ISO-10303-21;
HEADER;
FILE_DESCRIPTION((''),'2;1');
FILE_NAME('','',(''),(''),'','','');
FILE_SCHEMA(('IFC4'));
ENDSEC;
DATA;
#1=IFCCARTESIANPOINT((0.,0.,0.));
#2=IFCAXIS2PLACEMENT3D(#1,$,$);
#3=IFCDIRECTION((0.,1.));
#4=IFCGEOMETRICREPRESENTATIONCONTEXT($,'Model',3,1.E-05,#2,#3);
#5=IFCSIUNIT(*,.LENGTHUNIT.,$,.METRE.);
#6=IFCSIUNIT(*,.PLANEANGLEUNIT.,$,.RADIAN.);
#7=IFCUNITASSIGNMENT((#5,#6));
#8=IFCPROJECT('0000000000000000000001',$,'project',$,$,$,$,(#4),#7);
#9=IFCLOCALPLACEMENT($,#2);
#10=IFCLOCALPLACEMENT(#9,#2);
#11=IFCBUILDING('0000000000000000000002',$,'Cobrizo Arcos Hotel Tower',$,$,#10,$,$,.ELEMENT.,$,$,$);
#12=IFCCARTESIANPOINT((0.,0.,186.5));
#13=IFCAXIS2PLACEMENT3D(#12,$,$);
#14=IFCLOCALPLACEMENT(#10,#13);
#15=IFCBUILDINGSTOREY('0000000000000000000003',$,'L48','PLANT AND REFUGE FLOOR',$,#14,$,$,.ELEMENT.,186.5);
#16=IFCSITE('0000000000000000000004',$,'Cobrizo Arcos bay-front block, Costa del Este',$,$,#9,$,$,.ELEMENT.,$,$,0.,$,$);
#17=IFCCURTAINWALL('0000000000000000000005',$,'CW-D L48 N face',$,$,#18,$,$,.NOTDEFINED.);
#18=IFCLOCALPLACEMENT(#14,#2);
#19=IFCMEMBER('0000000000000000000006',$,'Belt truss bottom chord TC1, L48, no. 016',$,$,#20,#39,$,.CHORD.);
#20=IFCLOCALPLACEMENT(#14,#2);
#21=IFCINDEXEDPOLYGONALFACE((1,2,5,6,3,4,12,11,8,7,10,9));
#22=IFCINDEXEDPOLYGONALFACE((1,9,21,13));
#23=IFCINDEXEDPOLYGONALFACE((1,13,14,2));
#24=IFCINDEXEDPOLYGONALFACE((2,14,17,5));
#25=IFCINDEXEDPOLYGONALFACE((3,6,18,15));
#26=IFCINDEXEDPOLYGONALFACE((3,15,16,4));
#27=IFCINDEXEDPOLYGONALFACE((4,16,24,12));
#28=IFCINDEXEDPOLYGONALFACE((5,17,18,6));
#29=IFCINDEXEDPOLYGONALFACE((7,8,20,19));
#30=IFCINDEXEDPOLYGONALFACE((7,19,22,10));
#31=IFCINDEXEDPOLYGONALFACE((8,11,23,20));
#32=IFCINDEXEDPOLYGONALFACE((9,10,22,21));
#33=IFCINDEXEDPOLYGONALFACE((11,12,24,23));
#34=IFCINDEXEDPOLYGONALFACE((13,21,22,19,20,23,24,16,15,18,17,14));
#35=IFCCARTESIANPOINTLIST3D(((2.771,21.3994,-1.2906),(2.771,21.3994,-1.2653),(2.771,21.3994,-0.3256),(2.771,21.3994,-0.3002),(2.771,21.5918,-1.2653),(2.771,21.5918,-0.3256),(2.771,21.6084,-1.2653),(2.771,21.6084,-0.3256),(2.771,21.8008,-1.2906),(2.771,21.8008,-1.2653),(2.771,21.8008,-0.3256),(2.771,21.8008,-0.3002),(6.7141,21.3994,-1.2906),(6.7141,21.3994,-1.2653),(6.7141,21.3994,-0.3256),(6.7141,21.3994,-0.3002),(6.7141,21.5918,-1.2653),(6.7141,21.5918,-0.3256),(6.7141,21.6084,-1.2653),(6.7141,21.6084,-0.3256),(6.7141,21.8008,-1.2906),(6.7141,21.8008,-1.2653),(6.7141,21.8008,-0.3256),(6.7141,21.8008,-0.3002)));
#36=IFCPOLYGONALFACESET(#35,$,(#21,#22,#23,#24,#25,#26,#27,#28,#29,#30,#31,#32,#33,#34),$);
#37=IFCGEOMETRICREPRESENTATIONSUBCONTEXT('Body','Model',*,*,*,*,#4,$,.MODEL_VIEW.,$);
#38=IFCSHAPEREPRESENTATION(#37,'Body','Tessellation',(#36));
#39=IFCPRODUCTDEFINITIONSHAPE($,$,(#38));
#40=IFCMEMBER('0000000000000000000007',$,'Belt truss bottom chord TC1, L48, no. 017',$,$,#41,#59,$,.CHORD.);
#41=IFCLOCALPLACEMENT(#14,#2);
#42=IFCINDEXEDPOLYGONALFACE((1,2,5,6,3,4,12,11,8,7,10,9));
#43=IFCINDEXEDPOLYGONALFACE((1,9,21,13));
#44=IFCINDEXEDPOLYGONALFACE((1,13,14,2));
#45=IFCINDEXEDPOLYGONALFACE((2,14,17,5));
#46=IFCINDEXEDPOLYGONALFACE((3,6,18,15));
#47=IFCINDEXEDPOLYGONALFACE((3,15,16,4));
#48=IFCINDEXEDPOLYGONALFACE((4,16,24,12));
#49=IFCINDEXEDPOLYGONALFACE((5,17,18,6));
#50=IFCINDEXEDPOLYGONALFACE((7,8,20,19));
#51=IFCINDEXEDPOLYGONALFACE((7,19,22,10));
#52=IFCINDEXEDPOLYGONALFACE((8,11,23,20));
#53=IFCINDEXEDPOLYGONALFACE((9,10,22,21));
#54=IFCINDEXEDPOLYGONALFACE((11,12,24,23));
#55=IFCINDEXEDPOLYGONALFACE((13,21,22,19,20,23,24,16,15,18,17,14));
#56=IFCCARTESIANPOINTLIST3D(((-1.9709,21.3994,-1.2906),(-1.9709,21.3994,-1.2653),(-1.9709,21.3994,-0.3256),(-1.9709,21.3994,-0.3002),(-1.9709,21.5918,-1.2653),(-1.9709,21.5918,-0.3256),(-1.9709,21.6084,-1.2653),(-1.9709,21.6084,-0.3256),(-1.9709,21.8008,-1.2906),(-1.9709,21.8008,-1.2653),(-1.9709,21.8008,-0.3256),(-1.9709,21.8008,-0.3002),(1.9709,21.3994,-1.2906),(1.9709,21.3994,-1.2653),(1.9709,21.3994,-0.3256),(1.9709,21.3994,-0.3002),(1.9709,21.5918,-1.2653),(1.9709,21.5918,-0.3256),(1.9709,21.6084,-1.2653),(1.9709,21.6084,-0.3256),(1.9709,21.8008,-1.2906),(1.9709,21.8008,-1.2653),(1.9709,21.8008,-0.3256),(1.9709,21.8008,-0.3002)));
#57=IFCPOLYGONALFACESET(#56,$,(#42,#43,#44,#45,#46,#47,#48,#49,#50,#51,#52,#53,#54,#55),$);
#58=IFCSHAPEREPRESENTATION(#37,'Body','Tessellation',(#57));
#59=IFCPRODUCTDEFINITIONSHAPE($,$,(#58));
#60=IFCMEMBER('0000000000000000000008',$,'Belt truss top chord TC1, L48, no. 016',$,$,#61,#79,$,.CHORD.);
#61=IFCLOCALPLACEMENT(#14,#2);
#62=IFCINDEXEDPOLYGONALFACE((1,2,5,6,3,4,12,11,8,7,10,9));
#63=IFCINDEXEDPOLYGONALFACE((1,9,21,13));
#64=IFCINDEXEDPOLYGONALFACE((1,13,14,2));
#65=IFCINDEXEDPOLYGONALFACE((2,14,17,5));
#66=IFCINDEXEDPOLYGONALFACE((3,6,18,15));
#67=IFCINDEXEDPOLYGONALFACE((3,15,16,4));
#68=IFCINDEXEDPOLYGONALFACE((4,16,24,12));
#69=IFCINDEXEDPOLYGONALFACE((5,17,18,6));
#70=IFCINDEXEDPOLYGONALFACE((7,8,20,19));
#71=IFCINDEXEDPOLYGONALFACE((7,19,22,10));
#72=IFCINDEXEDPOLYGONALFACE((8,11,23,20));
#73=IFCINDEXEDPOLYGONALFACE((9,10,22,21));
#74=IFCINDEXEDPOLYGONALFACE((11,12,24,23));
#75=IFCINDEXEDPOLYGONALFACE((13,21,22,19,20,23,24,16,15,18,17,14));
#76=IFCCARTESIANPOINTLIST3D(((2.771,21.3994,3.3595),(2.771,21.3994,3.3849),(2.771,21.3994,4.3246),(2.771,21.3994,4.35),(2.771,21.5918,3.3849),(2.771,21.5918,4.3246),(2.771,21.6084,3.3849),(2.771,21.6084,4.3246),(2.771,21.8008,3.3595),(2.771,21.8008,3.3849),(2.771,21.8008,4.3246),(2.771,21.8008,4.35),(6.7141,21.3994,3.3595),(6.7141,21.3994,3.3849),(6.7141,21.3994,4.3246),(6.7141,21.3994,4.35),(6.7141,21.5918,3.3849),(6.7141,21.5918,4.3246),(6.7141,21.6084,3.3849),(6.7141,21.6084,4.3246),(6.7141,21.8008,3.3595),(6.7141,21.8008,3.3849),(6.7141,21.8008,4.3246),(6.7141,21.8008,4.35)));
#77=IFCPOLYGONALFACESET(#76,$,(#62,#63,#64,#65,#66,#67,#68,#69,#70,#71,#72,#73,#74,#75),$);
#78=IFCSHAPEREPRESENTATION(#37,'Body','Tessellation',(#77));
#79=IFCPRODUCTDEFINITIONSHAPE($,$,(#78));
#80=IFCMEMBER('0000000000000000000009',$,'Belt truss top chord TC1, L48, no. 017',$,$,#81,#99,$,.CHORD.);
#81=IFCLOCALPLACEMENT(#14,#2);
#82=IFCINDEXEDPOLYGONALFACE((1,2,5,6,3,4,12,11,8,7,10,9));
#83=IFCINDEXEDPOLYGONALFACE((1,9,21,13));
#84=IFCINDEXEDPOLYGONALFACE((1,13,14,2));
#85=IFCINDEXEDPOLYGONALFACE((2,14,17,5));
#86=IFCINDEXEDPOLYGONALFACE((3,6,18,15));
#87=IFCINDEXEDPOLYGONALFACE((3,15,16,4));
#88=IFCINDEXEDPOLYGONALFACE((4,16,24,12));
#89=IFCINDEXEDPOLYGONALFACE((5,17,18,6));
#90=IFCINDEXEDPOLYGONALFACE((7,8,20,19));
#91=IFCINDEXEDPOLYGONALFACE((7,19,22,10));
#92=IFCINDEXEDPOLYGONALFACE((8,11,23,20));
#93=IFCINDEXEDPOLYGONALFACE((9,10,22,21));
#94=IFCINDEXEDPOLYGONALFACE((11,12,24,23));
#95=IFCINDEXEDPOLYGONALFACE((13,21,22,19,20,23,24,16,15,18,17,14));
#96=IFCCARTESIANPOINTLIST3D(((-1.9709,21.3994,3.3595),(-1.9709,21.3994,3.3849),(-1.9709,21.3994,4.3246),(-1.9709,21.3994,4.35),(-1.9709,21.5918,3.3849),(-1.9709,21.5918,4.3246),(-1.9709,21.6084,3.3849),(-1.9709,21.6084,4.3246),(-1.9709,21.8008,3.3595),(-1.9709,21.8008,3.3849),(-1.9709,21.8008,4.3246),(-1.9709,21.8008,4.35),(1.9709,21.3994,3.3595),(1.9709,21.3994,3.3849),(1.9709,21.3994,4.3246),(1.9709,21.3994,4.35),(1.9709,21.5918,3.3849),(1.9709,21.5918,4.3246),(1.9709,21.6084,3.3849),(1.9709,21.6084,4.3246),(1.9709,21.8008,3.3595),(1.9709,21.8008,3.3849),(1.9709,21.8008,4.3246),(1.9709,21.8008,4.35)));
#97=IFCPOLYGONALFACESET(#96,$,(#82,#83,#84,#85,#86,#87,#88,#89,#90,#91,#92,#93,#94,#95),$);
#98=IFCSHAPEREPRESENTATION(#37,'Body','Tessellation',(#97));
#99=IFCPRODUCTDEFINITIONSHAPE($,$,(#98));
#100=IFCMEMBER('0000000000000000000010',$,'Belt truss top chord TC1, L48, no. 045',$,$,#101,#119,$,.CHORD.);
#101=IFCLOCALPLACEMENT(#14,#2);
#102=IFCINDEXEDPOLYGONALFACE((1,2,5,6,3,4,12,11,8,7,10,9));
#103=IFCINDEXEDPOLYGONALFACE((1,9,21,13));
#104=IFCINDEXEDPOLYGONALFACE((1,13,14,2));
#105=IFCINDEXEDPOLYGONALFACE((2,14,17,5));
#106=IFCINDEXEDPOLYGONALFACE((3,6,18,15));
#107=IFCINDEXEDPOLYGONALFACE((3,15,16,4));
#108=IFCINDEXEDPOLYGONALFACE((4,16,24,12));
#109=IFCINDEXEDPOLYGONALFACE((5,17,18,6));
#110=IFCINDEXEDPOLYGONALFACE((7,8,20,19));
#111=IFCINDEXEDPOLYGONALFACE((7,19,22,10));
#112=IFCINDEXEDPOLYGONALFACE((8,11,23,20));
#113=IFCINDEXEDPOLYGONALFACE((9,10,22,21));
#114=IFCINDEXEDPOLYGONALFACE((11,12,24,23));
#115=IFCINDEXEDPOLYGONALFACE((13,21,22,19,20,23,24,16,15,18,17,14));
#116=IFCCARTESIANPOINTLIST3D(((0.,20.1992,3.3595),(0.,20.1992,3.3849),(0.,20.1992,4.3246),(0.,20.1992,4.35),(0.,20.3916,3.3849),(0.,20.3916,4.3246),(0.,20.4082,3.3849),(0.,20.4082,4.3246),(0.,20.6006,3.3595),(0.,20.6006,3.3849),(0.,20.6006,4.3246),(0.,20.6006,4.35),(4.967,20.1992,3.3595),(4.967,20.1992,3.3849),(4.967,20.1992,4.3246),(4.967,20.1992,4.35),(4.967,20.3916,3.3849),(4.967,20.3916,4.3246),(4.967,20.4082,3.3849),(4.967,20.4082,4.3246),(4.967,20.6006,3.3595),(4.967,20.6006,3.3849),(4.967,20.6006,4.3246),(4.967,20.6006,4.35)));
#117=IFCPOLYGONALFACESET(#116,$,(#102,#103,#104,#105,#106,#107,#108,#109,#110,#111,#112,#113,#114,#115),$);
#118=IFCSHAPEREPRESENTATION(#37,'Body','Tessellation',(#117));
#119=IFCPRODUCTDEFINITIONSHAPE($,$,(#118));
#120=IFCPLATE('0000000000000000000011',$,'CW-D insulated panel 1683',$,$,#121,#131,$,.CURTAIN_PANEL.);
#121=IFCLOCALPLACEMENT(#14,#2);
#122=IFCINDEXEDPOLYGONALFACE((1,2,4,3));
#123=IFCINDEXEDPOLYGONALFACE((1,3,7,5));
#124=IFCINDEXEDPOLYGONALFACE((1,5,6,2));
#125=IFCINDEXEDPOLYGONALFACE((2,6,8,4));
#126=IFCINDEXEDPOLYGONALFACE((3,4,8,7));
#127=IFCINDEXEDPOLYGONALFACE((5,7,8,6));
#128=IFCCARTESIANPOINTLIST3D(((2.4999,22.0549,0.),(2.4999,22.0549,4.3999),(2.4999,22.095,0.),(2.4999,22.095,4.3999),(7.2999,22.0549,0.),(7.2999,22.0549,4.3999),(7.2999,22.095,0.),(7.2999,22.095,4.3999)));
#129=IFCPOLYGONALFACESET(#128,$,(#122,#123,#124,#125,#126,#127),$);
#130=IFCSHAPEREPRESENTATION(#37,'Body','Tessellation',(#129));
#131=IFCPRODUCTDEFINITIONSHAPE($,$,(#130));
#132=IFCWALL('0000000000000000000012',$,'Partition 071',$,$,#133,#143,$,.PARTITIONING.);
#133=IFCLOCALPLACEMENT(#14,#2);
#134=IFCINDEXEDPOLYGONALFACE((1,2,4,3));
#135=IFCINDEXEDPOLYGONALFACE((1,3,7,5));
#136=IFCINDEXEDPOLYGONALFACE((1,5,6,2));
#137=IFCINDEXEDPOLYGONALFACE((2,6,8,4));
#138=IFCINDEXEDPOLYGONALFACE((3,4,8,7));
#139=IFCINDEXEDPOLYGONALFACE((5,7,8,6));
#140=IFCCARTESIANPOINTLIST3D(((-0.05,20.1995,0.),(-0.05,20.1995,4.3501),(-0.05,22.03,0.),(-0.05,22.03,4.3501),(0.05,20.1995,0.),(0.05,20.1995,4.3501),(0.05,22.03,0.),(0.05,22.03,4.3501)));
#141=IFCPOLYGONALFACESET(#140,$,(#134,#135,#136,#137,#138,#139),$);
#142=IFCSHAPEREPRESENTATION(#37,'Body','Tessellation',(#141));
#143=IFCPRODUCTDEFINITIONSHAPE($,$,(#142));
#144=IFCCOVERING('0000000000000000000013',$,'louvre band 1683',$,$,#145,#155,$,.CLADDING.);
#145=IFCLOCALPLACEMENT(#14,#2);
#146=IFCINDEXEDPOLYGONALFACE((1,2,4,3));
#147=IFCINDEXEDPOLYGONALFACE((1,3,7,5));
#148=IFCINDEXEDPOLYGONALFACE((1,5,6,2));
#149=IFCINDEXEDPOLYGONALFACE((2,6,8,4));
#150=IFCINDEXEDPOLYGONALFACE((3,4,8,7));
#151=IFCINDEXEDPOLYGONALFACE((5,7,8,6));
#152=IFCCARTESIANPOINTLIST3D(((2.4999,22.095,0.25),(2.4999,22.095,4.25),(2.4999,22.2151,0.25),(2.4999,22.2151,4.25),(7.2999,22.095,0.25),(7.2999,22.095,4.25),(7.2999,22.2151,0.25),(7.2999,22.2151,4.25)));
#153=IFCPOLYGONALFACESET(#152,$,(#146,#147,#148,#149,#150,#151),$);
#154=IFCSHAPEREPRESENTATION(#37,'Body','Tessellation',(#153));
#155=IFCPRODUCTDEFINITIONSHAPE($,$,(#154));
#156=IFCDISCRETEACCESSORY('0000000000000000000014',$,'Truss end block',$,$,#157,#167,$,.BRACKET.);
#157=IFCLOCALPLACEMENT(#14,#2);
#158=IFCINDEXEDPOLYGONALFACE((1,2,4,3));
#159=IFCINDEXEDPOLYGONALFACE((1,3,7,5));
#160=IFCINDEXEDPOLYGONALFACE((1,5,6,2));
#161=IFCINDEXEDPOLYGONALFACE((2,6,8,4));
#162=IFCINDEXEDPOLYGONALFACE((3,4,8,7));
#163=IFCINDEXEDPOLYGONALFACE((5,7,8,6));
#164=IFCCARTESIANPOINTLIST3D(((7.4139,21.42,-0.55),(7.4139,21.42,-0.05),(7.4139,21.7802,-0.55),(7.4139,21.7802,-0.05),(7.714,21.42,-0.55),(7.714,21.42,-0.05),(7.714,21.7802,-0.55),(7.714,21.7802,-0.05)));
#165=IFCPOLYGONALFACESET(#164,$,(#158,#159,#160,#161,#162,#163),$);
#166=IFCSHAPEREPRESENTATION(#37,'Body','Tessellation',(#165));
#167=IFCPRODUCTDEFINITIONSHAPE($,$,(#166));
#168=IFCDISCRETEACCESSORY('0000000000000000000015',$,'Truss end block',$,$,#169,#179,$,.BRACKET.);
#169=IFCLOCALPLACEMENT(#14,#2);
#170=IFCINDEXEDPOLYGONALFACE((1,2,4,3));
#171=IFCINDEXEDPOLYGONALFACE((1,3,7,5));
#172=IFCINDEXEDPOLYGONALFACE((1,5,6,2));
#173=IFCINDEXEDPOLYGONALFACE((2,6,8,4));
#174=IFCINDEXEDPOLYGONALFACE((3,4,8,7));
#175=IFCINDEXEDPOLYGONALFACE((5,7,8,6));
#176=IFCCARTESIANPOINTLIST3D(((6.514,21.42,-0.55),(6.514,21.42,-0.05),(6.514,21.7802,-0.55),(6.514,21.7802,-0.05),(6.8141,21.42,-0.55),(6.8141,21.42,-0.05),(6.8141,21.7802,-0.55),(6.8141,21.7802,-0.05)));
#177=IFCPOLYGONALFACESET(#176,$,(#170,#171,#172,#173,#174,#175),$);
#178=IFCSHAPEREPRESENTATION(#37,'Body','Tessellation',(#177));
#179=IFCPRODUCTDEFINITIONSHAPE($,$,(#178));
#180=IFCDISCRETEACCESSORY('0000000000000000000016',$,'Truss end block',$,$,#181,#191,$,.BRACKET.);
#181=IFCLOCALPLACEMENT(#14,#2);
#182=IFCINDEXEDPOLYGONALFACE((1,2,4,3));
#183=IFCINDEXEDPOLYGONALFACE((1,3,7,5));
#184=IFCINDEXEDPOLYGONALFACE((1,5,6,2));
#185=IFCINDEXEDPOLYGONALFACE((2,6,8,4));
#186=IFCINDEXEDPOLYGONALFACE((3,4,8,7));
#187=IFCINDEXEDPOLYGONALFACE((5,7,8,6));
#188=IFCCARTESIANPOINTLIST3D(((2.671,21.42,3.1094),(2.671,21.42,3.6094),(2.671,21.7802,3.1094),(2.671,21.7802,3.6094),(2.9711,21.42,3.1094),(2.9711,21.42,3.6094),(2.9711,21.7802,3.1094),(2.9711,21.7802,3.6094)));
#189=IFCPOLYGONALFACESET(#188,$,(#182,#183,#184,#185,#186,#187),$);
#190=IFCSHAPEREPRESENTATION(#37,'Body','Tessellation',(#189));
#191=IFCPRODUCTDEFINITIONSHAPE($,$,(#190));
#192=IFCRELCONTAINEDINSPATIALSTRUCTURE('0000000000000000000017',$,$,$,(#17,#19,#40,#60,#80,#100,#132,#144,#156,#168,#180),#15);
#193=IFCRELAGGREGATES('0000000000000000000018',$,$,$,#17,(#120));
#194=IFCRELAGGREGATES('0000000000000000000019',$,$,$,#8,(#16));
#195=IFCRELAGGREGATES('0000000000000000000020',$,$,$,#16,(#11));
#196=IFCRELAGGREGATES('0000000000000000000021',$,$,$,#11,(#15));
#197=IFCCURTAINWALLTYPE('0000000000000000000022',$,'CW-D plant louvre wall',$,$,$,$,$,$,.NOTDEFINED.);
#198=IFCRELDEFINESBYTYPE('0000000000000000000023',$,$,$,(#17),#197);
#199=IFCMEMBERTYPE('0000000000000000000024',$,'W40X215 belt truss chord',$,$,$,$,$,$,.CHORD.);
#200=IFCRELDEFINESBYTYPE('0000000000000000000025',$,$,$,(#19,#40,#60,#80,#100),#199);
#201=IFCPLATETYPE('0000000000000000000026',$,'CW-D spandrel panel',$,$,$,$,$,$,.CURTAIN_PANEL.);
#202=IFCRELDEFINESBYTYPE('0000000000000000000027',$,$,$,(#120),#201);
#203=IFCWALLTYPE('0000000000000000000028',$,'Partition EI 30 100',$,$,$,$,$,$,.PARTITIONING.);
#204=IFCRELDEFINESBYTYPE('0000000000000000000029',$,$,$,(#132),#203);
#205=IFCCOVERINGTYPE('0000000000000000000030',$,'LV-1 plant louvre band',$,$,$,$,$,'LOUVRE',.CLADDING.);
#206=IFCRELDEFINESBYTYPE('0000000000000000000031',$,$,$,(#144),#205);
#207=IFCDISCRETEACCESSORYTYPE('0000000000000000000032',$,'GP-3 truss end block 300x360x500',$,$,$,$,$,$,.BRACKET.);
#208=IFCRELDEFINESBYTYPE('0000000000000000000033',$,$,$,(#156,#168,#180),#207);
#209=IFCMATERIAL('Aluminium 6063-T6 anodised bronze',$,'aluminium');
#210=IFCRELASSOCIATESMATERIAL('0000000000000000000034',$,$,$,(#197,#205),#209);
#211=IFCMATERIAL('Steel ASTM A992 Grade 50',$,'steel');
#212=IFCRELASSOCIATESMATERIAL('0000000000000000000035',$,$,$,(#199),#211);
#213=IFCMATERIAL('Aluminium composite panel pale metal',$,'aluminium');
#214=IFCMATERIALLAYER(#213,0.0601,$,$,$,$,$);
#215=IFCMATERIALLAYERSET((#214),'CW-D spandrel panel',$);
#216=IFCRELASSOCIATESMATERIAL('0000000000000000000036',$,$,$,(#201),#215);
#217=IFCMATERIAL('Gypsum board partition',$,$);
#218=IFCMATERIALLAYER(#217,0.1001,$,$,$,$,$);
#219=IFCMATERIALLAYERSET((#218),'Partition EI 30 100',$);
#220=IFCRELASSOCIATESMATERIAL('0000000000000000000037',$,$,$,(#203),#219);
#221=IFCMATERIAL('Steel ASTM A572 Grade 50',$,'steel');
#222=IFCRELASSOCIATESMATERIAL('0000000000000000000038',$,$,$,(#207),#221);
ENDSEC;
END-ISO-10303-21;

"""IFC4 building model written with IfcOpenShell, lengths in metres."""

from ifc_helpers import new_model, si_unit, direction, frame, frame_2d, origin, origin_2d, place, context, subcontext, project, spatial, rectangle, i_section, extrude, material, layer, layer_set, material_profile, profile_set, type_object, element, aggregate, save


model = new_model("IFC4")

# Units and contexts
model_context = context("Model", 3, precision=1e-05, world=origin(), true_north=direction((0.0, 1.0)))
body_context = subcontext(model_context, "Body", "Model", "MODEL_VIEW")
ifc_project = project(units=[si_unit("LENGTHUNIT", "METRE"), si_unit("PLANEANGLEUNIT", "RADIAN")], contexts=[model_context])

# Site, building, storey
site_placement = place(None, origin())
site = spatial("IfcSite", under=ifc_project, at=site_placement, Name="Cobrizo Arcos bay-front block, Costa del Este", CompositionType="ELEMENT", RefElevation=0.0)
building_placement = place(site_placement, origin())
building = spatial("IfcBuilding", under=site, at=building_placement, Name="Cobrizo Arcos Hotel Tower", CompositionType="ELEMENT")
storey_placement = place(building_placement, frame((0.0, 0.0, 186.5)))
storey = spatial("IfcBuildingStorey", under=building, at=storey_placement, Name="L48", Description="PLANT AND REFUGE FLOOR", CompositionType="ELEMENT", Elevation=186.5)

# Shared definitions
ifc_material_1 = material(Name="Steel ASTM A572 Grade 50", Category="steel")

# Curtain wall
ifc_material_2 = material(Name="Aluminium 6063-T6 anodised bronze", Category="aluminium")
curtain_wall_type = type_object("IfcCurtainWallType", Name="CW-D plant louvre wall", PredefinedType="NOTDEFINED", material=ifc_material_2)
curtain_wall_placement = place(storey_placement, origin())
curtain_wall = element("IfcCurtainWall", 1, at=curtain_wall_placement, inside=storey, type_object=curtain_wall_type, Name="CW-D L48 N face", PredefinedType="NOTDEFINED")

# Members
ifc_material_3 = material(Name="Steel ASTM A992 Grade 50", Category="steel")
ifc_material_profile_1 = material_profile(ifc_material_3, i_section(OverallWidth=0.4014, OverallDepth=0.9905, WebThickness=0.0166, FlangeThickness=0.0254, at=origin_2d()), Name="W40X215")
ifc_profile_set_1 = profile_set([ifc_material_profile_1], Name="Steel ASTM A992 Grade 50")
member_type_1 = type_object("IfcMemberType", Name="W40X215 belt truss chord", PredefinedType="CHORD", material=ifc_profile_set_1)
member_1_placement = place(storey_placement, frame((6.7141, 21.6001, -0.7954), z_axis=(-1.0, 0.0, 0.0), x_axis=(0.0, -1.0, 0.0)))
element("IfcMember", 2, at=member_1_placement, inside=storey, type_object=member_type_1, Name="Belt truss bottom chord TC1, L48, no. 016", PredefinedType="CHORD", context=body_context, shape_type="SweptSolid", body=[
    extrude(i_section(OverallWidth=0.4014, OverallDepth=0.9905, WebThickness=0.0166, FlangeThickness=0.0254, at=origin_2d()), origin(), (0.0, 0.0, 1.0), 3.9431),
])
member_2_placement = place(storey_placement, frame((1.9709, 21.6001, -0.7954), z_axis=(-1.0, 0.0, 0.0), x_axis=(0.0, -1.0, 0.0)))
element("IfcMember", 3, at=member_2_placement, inside=storey, type_object=member_type_1, Name="Belt truss bottom chord TC1, L48, no. 017", PredefinedType="CHORD", context=body_context, shape_type="SweptSolid", body=[
    extrude(i_section(OverallWidth=0.4014, OverallDepth=0.9905, WebThickness=0.0166, FlangeThickness=0.0254, at=origin_2d()), origin(), (0.0, 0.0, 1.0), 3.9419),
])
member_3_placement = place(storey_placement, frame((6.7141, 21.6001, 3.8547), z_axis=(-1.0, 0.0, 0.0), x_axis=(0.0, -1.0, 0.0)))
element("IfcMember", 4, at=member_3_placement, inside=storey, type_object=member_type_1, Name="Belt truss top chord TC1, L48, no. 016", PredefinedType="CHORD", context=body_context, shape_type="SweptSolid", body=[
    extrude(i_section(OverallWidth=0.4014, OverallDepth=0.9905, WebThickness=0.0166, FlangeThickness=0.0254, at=origin_2d()), origin(), (0.0, 0.0, 1.0), 3.9431),
])
member_4_placement = place(storey_placement, frame((1.9709, 21.6001, 3.8547), z_axis=(-1.0, 0.0, 0.0), x_axis=(0.0, -1.0, 0.0)))
element("IfcMember", 5, at=member_4_placement, inside=storey, type_object=member_type_1, Name="Belt truss top chord TC1, L48, no. 017", PredefinedType="CHORD", context=body_context, shape_type="SweptSolid", body=[
    extrude(i_section(OverallWidth=0.4014, OverallDepth=0.9905, WebThickness=0.0166, FlangeThickness=0.0254, at=origin_2d()), origin(), (0.0, 0.0, 1.0), 3.9419),
])
member_5_placement = place(storey_placement, frame((4.967, 20.3999, 3.8547), z_axis=(-1.0, 0.0, 0.0), x_axis=(0.0, -1.0, 0.0)))
element("IfcMember", 6, at=member_5_placement, inside=storey, type_object=member_type_1, Name="Belt truss top chord TC1, L48, no. 045", PredefinedType="CHORD", context=body_context, shape_type="SweptSolid", body=[
    extrude(i_section(OverallWidth=0.4014, OverallDepth=0.9905, WebThickness=0.0166, FlangeThickness=0.0254, at=origin_2d()), origin(), (0.0, 0.0, 1.0), 4.967),
])

# Plate
ifc_material_4 = material(Name="Aluminium composite panel pale metal", Category="aluminium")
ifc_layer_1 = layer(ifc_material_4, 0.0601)
ifc_layer_set_1 = layer_set([ifc_layer_1], Name="CW-D spandrel panel")
plate_type = type_object("IfcPlateType", Name="CW-D spandrel panel", PredefinedType="CURTAIN_PANEL", material=ifc_layer_set_1)
plate_placement = place(storey_placement, frame((4.8999, 22.075, 0.0), z_axis=(0.0, 0.0, 1.0), x_axis=(-1.0, 0.0, 0.0)))
plate = element("IfcPlate", 7, at=plate_placement, type_object=plate_type, Name="CW-D insulated panel 1683", PredefinedType="CURTAIN_PANEL", context=body_context, shape_type="SweptSolid", body=[
    extrude(rectangle(XDim=4.8, YDim=0.04, at=origin_2d()), origin(), (0.0, 0.0, 1.0), 4.3999),
])
aggregate(curtain_wall, [plate])

# Wall
ifc_material_5 = material(Name="Gypsum board partition")
ifc_layer_2 = layer(ifc_material_5, 0.1001)
ifc_layer_set_2 = layer_set([ifc_layer_2], Name="Partition EI 30 100")
wall_type = type_object("IfcWallType", Name="Partition EI 30 100", PredefinedType="PARTITIONING", material=ifc_layer_set_2)
wall_placement = place(storey_placement, frame((0.0, 20.1995, 0.0), z_axis=(0.0, 0.0, 1.0), x_axis=(0.0, 1.0, 0.0)))
element("IfcWall", 8, at=wall_placement, inside=storey, type_object=wall_type, Name="Partition 071", PredefinedType="PARTITIONING", context=body_context, shape_type="SweptSolid", body=[
    extrude(rectangle(XDim=1.8306, YDim=0.1001, at=frame_2d((0.9153, 0.0))), origin(), (0.0, 0.0, 1.0), 4.3501),
])

# Covering
covering_type = type_object("IfcCoveringType", Name="LV-1 plant louvre band", ElementType="LOUVRE", PredefinedType="CLADDING", material=ifc_material_2)
covering_placement = place(storey_placement, frame((4.8999, 22.155, 0.25), z_axis=(0.0, 0.0, 1.0), x_axis=(-1.0, 0.0, 0.0)))
element("IfcCovering", 9, at=covering_placement, inside=storey, type_object=covering_type, Name="louvre band 1683", PredefinedType="CLADDING", context=body_context, shape_type="SweptSolid", body=[
    extrude(rectangle(XDim=4.8, YDim=0.1201, at=origin_2d()), origin(), (0.0, 0.0, 1.0), 4.0),
])

# Discrete accessories
discrete_accessory_type_1 = type_object("IfcDiscreteAccessoryType", Name="GP-3 truss end block 300x360x500", PredefinedType="BRACKET", material=ifc_material_1)
for number, where, z_axis, x_axis, name in (
    (10, (7.564, 21.6001, -0.55), (0.0, 0.0, 1.0), (1.0, 0.0, 0.0), "Truss end block"),
    (11, (6.6641, 21.6001, -0.55), (0.0, 0.0, 1.0), (-1.0, 0.0, 0.0), "Truss end block"),
    (12, (2.821, 21.6001, 3.1094), (0.0, 0.0, 1.0), (1.0, 0.0, 0.0), "Truss end block"),
):
    element("IfcDiscreteAccessory", number, at=place(storey_placement, frame(where, z_axis=z_axis, x_axis=x_axis)), inside=storey, type_object=discrete_accessory_type_1, Name=name, PredefinedType="BRACKET", context=body_context, shape_type="SweptSolid", body=[
        extrude(rectangle(XDim=0.3, YDim=0.3601, at=origin_2d()), origin(), (0.0, 0.0, 1.0), 0.5),
    ])

save(model, "model.ifc")
